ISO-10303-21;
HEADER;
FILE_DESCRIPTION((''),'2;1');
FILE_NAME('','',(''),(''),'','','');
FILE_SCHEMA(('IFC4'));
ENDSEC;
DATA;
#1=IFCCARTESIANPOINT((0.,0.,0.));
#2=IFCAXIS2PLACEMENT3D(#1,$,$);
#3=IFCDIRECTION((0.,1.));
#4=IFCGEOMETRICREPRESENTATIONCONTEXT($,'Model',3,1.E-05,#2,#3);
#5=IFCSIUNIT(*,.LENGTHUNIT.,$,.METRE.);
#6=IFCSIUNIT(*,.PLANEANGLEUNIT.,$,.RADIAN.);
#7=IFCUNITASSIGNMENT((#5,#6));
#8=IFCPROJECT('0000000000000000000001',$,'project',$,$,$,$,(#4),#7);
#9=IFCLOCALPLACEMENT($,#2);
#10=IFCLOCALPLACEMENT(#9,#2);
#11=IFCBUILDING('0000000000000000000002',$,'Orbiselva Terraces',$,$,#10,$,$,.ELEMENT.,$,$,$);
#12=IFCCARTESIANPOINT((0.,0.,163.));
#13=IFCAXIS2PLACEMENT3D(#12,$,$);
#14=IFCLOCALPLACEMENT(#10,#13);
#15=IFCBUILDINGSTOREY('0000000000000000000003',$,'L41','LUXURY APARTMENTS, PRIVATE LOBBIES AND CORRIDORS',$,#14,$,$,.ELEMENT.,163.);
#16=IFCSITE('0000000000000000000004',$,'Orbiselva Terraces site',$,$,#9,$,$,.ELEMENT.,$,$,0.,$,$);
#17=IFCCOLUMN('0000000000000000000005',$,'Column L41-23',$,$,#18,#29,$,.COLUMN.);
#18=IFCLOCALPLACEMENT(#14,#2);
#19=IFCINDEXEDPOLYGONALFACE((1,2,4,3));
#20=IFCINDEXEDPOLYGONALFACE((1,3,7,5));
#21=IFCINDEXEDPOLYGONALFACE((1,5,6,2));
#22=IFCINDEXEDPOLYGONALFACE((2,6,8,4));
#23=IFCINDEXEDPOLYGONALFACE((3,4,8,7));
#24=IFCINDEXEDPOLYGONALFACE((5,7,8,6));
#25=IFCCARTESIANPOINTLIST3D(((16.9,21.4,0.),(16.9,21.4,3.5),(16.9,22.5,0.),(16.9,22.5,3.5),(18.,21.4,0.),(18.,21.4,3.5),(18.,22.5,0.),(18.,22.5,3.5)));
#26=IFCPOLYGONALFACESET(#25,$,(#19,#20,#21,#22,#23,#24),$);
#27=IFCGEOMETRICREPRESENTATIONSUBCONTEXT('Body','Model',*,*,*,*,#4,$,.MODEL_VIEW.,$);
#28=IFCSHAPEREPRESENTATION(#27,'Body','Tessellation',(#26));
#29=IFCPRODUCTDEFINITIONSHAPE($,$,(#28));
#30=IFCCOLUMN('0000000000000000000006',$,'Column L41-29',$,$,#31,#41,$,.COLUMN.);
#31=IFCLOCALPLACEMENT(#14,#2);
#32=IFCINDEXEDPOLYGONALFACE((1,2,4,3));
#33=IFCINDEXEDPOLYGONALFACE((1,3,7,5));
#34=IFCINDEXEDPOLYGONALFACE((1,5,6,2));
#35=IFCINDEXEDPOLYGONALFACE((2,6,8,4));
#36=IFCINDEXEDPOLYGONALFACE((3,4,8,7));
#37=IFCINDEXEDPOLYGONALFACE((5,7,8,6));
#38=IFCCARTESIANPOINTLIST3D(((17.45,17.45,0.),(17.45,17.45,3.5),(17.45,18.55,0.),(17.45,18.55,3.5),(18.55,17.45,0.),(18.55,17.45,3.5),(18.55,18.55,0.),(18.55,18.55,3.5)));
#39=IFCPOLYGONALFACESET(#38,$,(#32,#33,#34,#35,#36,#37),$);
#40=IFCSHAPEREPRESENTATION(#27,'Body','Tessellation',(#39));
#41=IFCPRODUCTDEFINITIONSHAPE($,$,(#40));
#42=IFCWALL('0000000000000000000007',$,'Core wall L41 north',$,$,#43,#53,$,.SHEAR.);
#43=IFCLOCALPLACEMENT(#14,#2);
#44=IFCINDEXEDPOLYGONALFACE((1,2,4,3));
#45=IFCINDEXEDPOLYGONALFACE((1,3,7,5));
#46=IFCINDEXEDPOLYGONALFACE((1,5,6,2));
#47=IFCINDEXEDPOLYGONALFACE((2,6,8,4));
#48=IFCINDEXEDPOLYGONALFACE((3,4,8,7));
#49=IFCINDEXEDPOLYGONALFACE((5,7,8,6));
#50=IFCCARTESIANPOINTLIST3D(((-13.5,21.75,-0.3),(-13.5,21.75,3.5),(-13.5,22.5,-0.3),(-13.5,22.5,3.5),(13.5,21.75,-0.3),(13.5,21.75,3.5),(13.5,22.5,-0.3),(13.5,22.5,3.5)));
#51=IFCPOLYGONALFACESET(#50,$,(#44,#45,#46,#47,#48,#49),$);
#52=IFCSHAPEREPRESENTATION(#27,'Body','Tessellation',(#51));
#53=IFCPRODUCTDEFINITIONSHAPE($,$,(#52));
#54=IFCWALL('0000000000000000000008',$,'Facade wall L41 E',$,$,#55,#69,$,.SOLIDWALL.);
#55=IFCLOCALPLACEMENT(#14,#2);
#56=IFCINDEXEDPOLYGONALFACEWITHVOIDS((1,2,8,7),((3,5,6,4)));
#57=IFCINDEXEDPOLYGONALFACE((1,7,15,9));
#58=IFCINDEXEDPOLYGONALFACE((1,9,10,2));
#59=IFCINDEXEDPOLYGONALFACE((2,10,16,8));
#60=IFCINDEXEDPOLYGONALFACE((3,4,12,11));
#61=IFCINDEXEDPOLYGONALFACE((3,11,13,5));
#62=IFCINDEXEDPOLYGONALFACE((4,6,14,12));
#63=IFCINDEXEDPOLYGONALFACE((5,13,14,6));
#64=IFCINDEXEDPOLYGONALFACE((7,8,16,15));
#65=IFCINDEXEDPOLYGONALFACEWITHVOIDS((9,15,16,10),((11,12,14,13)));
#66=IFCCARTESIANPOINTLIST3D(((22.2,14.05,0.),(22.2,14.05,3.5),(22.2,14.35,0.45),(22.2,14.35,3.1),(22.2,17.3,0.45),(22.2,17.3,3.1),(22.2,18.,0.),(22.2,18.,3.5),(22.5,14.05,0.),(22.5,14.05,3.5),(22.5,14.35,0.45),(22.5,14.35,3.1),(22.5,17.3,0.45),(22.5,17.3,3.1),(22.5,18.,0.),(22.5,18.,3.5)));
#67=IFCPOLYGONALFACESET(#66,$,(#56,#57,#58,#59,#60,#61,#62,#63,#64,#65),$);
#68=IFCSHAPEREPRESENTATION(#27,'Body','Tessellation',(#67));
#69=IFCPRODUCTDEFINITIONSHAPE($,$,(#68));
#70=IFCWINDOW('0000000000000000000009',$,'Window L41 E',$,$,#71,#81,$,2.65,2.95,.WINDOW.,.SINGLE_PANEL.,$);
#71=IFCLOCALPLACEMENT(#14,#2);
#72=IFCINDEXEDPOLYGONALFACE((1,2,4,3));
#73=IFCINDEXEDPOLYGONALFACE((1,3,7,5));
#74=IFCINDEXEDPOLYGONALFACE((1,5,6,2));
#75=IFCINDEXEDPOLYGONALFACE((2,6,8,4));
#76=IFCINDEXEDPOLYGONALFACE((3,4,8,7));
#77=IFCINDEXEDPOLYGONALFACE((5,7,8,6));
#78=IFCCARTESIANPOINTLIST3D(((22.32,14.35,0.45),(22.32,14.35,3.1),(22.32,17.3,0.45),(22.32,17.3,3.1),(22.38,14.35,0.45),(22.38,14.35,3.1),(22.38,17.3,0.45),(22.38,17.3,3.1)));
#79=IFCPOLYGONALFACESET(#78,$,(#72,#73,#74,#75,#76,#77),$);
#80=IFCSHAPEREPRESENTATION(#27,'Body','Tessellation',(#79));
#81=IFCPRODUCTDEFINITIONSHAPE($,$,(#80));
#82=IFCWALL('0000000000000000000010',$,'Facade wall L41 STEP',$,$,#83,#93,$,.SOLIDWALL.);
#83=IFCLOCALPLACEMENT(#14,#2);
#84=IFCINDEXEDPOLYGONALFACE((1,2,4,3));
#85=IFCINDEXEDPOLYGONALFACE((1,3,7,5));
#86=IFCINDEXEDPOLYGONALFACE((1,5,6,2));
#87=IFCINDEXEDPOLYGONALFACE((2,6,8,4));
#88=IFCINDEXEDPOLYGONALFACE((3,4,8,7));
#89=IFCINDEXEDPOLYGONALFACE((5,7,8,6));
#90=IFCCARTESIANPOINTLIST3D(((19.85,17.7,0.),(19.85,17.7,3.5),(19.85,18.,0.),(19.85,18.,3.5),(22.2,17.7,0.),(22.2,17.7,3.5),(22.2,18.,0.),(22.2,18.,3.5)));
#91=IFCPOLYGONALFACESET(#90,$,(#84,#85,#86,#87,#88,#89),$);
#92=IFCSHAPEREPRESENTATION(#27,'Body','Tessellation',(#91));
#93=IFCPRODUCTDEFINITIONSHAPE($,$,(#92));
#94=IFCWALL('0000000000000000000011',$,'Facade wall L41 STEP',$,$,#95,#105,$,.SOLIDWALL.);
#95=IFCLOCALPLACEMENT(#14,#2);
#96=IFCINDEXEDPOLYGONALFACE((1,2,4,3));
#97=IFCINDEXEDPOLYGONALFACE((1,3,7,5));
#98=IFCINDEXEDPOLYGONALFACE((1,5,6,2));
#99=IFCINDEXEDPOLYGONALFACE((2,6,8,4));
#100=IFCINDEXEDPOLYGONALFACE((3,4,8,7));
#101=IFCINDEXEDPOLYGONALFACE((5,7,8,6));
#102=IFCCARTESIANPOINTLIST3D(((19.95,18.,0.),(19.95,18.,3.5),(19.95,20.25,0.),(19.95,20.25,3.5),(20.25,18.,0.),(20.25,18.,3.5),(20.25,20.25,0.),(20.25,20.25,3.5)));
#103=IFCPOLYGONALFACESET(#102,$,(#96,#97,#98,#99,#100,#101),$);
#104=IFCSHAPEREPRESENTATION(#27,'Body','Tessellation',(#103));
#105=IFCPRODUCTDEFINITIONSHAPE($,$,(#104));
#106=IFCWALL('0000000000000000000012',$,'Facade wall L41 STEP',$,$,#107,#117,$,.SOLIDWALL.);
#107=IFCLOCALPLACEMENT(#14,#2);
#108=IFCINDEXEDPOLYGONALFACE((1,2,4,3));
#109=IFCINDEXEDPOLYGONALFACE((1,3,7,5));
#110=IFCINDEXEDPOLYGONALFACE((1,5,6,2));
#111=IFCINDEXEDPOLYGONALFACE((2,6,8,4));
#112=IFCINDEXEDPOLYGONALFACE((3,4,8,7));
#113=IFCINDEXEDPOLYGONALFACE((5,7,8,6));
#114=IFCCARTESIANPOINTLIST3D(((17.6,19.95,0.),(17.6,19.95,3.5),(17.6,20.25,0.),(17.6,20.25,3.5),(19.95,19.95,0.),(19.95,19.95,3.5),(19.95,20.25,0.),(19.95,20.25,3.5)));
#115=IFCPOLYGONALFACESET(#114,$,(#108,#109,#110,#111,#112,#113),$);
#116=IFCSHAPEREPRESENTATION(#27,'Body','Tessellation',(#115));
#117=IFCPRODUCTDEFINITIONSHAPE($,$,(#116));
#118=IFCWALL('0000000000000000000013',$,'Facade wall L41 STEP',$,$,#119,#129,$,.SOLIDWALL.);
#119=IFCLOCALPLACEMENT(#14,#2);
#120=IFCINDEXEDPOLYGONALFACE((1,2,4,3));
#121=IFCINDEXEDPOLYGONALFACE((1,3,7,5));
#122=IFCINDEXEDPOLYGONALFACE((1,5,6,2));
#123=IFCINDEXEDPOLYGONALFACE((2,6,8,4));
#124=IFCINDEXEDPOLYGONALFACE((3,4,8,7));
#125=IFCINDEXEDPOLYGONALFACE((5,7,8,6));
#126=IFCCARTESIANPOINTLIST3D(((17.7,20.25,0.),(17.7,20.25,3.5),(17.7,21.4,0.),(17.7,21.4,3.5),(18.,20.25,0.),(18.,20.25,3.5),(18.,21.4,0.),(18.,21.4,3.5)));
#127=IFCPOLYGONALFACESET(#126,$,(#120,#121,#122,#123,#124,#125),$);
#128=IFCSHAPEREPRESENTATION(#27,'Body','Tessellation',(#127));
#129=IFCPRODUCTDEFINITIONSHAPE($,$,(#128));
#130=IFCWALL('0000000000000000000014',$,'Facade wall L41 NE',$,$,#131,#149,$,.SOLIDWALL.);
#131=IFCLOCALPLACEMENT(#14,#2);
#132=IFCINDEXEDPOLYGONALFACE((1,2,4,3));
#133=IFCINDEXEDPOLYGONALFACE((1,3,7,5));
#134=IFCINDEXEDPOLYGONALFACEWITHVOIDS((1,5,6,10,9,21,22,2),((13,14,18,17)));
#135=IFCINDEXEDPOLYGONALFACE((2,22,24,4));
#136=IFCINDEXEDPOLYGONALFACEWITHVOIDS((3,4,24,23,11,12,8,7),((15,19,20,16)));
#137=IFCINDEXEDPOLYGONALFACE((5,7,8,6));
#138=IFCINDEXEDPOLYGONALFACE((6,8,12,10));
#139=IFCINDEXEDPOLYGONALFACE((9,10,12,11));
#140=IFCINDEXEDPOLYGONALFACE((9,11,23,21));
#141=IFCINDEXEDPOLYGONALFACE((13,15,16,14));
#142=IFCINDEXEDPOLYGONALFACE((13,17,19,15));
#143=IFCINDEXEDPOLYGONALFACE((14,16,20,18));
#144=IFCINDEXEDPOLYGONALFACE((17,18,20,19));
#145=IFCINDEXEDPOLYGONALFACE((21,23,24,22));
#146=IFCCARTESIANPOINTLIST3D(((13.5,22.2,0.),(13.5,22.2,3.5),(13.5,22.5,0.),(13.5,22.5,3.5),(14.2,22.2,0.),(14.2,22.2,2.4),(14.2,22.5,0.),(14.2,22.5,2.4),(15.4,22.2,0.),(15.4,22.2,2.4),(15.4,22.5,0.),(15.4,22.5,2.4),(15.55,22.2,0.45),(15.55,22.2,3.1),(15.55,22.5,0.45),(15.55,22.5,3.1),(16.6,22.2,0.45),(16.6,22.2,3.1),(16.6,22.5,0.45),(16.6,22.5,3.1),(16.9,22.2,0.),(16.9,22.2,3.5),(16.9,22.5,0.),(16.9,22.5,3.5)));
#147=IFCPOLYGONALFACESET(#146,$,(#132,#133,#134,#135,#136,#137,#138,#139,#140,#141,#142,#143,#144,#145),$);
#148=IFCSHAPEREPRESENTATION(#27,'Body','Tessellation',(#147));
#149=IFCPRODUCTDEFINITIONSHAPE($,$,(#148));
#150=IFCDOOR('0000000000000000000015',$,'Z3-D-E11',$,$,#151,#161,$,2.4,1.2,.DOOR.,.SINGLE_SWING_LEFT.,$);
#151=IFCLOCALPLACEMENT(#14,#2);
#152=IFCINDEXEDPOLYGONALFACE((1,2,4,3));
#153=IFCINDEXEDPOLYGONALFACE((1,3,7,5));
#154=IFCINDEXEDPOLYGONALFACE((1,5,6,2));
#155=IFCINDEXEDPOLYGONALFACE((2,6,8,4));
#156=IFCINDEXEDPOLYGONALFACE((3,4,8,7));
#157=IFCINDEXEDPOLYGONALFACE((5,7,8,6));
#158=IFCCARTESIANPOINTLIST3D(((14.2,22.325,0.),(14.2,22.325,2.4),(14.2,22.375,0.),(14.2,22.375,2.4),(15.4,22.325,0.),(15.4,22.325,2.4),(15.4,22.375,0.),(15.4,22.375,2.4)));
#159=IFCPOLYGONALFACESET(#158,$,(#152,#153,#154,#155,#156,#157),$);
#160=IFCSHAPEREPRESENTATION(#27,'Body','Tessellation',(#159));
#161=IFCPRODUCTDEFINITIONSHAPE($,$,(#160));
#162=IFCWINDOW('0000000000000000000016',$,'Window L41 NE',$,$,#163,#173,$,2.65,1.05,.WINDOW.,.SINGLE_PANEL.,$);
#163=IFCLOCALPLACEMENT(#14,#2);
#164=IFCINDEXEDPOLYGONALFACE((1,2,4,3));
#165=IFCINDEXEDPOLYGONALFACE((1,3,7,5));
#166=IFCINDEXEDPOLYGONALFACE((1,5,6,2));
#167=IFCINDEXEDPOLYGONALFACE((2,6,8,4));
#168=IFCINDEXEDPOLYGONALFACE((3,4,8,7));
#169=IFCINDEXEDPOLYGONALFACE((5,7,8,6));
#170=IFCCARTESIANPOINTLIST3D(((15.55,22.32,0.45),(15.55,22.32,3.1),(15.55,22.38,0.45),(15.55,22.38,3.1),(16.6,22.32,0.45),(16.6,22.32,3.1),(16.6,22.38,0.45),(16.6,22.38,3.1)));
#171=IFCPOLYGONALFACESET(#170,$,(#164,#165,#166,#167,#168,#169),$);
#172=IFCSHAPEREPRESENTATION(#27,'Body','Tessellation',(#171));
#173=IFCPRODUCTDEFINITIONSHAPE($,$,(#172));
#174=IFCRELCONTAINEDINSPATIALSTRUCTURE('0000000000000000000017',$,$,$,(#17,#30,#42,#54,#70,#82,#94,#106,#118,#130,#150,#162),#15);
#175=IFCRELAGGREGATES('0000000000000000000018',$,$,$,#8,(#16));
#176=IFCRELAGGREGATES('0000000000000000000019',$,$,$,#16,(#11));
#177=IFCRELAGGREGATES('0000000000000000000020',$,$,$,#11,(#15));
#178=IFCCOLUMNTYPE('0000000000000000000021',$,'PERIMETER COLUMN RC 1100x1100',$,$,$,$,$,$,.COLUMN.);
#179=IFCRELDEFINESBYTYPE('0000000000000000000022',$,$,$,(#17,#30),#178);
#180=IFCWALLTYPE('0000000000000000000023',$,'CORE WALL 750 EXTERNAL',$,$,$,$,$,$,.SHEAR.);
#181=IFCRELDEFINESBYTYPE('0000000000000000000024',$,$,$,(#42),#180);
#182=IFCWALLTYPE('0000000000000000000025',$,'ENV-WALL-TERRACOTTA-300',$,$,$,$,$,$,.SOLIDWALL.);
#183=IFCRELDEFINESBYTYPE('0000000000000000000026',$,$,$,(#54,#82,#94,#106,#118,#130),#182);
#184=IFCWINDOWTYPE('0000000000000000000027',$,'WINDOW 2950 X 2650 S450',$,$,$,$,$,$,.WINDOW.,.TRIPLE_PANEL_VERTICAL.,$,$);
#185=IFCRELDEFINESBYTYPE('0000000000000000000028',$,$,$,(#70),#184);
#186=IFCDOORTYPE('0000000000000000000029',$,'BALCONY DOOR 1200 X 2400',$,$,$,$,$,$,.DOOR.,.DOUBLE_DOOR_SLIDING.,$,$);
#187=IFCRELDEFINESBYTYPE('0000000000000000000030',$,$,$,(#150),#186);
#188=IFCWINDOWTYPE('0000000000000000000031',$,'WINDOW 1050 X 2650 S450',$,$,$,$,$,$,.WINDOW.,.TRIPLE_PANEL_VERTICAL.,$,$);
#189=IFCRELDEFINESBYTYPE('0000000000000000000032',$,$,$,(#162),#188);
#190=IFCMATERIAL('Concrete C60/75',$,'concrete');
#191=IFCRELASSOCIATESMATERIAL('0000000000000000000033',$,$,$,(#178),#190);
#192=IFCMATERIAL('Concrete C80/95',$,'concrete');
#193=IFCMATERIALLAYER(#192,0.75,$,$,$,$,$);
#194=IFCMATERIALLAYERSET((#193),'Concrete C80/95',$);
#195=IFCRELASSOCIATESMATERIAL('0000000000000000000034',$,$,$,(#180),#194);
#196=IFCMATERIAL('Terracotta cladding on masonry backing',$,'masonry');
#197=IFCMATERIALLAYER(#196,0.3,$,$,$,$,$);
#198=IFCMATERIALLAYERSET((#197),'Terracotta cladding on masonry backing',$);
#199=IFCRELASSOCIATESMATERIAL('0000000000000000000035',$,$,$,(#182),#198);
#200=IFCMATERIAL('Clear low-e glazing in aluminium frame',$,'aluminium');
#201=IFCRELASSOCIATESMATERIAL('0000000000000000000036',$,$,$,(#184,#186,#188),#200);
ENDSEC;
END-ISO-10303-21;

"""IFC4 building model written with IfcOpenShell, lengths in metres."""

from ifc_helpers import new_model, si_unit, direction, frame, frame_2d, origin, origin_2d, place, context, subcontext, project, spatial, rectangle, extrude, material, layer, layer_set, material_profile, profile_set, type_object, element, fill, save


model = new_model("IFC4")

# Units and contexts
model_context = context("Model", 3, precision=1e-05, world=origin(), true_north=direction((0.0, 1.0)))
body_context = subcontext(model_context, "Body", "Model", "MODEL_VIEW")
ifc_project = project(units=[si_unit("LENGTHUNIT", "METRE"), si_unit("PLANEANGLEUNIT", "RADIAN")], contexts=[model_context])

# Site, building, storey
site_placement = place(None, origin())
site = spatial("IfcSite", under=ifc_project, at=site_placement, Name="Orbiselva Terraces site", CompositionType="ELEMENT", RefElevation=0.0)
building_placement = place(site_placement, origin())
building = spatial("IfcBuilding", under=site, at=building_placement, Name="Orbiselva Terraces", CompositionType="ELEMENT")
storey_placement = place(building_placement, frame((0.0, 0.0, 163.0)))
storey = spatial("IfcBuildingStorey", under=building, at=storey_placement, Name="L41", Description="LUXURY APARTMENTS, PRIVATE LOBBIES AND CORRIDORS", CompositionType="ELEMENT", Elevation=163.0)

# Columns
ifc_material_1 = material(Name="Concrete C60/75", Category="concrete")
ifc_material_profile = material_profile(ifc_material_1, rectangle(XDim=1.1, YDim=1.1, at=origin_2d()), Name="RC 1100x1100")
ifc_profile_set = profile_set([ifc_material_profile], Name="Concrete C60/75")
column_type = type_object("IfcColumnType", Name="PERIMETER COLUMN RC 1100x1100", PredefinedType="COLUMN", material=ifc_profile_set)
for number, where, z_axis, x_axis, name in (
    (1, (17.45, 21.95, 0.0), (0.0, 0.0, 1.0), (1.0, 0.0, 0.0), "Column L41-23"),
    (2, (18.0, 18.0, 0.0), (0.0, 0.0, 1.0), (1.0, 0.0, 0.0), "Column L41-29"),
):
    element("IfcColumn", number, at=place(storey_placement, frame(where, z_axis=z_axis, x_axis=x_axis)), inside=storey, type_object=column_type, Name=name, PredefinedType="COLUMN", context=body_context, shape_type="SweptSolid", body=[
        extrude(rectangle(XDim=1.1, YDim=1.1, at=origin_2d()), origin(), (0.0, 0.0, 1.0), 3.5),
    ])

# Wall
ifc_material_2 = material(Name="Concrete C80/95", Category="concrete")
ifc_layer_1 = layer(ifc_material_2, 0.75)
ifc_layer_set_1 = layer_set([ifc_layer_1], Name="Concrete C80/95")
wall_type_1 = type_object("IfcWallType", Name="CORE WALL 750 EXTERNAL", PredefinedType="SHEAR", material=ifc_layer_set_1)
wall_1_placement = place(storey_placement, frame((13.5, 22.125, -0.3), z_axis=(0.0, 0.0, 1.0), x_axis=(-1.0, 0.0, 0.0)))
element("IfcWall", 3, at=wall_1_placement, inside=storey, type_object=wall_type_1, Name="Core wall L41 north", PredefinedType="SHEAR", context=body_context, shape_type="SweptSolid", body=[
    extrude(rectangle(XDim=27.0, YDim=0.75, at=frame_2d((13.5, 0.0))), origin(), (0.0, 0.0, 1.0), 3.8),
])

# Wall, opening, window
ifc_material_3 = material(Name="Terracotta cladding on masonry backing", Category="masonry")
ifc_layer_2 = layer(ifc_material_3, 0.3)
ifc_layer_set_2 = layer_set([ifc_layer_2], Name="Terracotta cladding on masonry backing")
wall_type_2 = type_object("IfcWallType", Name="ENV-WALL-TERRACOTTA-300", PredefinedType="SOLIDWALL", material=ifc_layer_set_2)
wall_2_placement = place(storey_placement, frame((22.35, 18.0, 0.0), z_axis=(0.0, 0.0, 1.0), x_axis=(0.0, -1.0, 0.0)))
wall_2 = element("IfcWall", 4, at=wall_2_placement, inside=storey, type_object=wall_type_2, Name="Facade wall L41 E", PredefinedType="SOLIDWALL", context=body_context, shape_type="SweptSolid", body=[
    extrude(rectangle(XDim=3.95, YDim=0.3, at=frame_2d((1.975, 0.0))), origin(), (0.0, 0.0, 1.0), 3.5),
])
opening_1_placement = place(wall_2_placement, frame((0.7, 0.0, 0.45)))
opening_1 = element("IfcOpeningElement", 5, at=opening_1_placement, cuts=wall_2, PredefinedType="OPENING", context=body_context, shape_type="SweptSolid", body=[
    extrude(rectangle(XDim=2.95, YDim=2.65, at=frame_2d((1.475, 1.325))), frame((0.0, 0.16, 0.0), z_axis=(0.0, -1.0, 0.0), x_axis=(1.0, 0.0, 0.0)), (0.0, 0.0, 1.0), 0.32),
])
ifc_material_4 = material(Name="Clear low-e glazing in aluminium frame", Category="aluminium")
window_type_1 = type_object("IfcWindowType", Name="WINDOW 2950 X 2650 S450", PartitioningType="TRIPLE_PANEL_VERTICAL", PredefinedType="WINDOW", material=ifc_material_4)
window_1_placement = place(opening_1_placement, origin())
window_1 = element("IfcWindow", 6, at=window_1_placement, inside=storey, type_object=window_type_1, Name="Window L41 E", OverallHeight=2.65, OverallWidth=2.95, PartitioningType="SINGLE_PANEL", PredefinedType="WINDOW", context=body_context, shape_type="SweptSolid", body=[
    extrude(rectangle(XDim=2.95, YDim=2.65, at=frame_2d((1.475, 1.325))), frame((0.0, 0.03, 0.0), z_axis=(0.0, -1.0, 0.0), x_axis=(1.0, 0.0, 0.0)), (0.0, 0.0, 1.0), 0.06),
])
fill(opening_1, window_1)

# Walls
wall_3_placement = place(storey_placement, frame((19.85, 17.85, 0.0), z_axis=(0.0, 0.0, 1.0), x_axis=(1.0, 0.0, 0.0)))
element("IfcWall", 7, at=wall_3_placement, inside=storey, type_object=wall_type_2, Name="Facade wall L41 STEP", PredefinedType="SOLIDWALL", context=body_context, shape_type="SweptSolid", body=[
    extrude(rectangle(XDim=2.35, YDim=0.3, at=frame_2d((1.175, 0.0))), origin(), (0.0, 0.0, 1.0), 3.5),
])
wall_4_placement = place(storey_placement, frame((20.1, 20.25, 0.0), z_axis=(0.0, 0.0, 1.0), x_axis=(0.0, -1.0, 0.0)))
element("IfcWall", 8, at=wall_4_placement, inside=storey, type_object=wall_type_2, Name="Facade wall L41 STEP", PredefinedType="SOLIDWALL", context=body_context, shape_type="SweptSolid", body=[
    extrude(rectangle(XDim=2.25, YDim=0.3, at=frame_2d((1.125, 0.0))), origin(), (0.0, 0.0, 1.0), 3.5),
])
wall_5_placement = place(storey_placement, frame((17.6, 20.1, 0.0), z_axis=(0.0, 0.0, 1.0), x_axis=(1.0, 0.0, 0.0)))
element("IfcWall", 9, at=wall_5_placement, inside=storey, type_object=wall_type_2, Name="Facade wall L41 STEP", PredefinedType="SOLIDWALL", context=body_context, shape_type="SweptSolid", body=[
    extrude(rectangle(XDim=2.35, YDim=0.3, at=frame_2d((1.175, 0.0))), origin(), (0.0, 0.0, 1.0), 3.5),
])
wall_6_placement = place(storey_placement, frame((17.85, 21.4, 0.0), z_axis=(0.0, 0.0, 1.0), x_axis=(0.0, -1.0, 0.0)))
element("IfcWall", 10, at=wall_6_placement, inside=storey, type_object=wall_type_2, Name="Facade wall L41 STEP", PredefinedType="SOLIDWALL", context=body_context, shape_type="SweptSolid", body=[
    extrude(rectangle(XDim=1.15, YDim=0.3, at=frame_2d((0.575, 0.0))), origin(), (0.0, 0.0, 1.0), 3.5),
])

# Wall, openings, door, window
wall_7_placement = place(storey_placement, frame((13.5, 22.35, 0.0), z_axis=(0.0, 0.0, 1.0), x_axis=(1.0, 0.0, 0.0)))
wall_7 = element("IfcWall", 11, at=wall_7_placement, inside=storey, type_object=wall_type_2, Name="Facade wall L41 NE", PredefinedType="SOLIDWALL", context=body_context, shape_type="SweptSolid", body=[
    extrude(rectangle(XDim=3.4, YDim=0.3, at=frame_2d((1.7, 0.0))), origin(), (0.0, 0.0, 1.0), 3.5),
])
opening_2_placement = place(wall_7_placement, frame((2.05, 0.0, 0.45)))
opening_2 = element("IfcOpeningElement", 12, at=opening_2_placement, cuts=wall_7, PredefinedType="OPENING", context=body_context, shape_type="SweptSolid", body=[
    extrude(rectangle(XDim=1.05, YDim=2.65, at=frame_2d((0.525, 1.325))), frame((0.0, 0.16, 0.0), z_axis=(0.0, -1.0, 0.0), x_axis=(1.0, 0.0, 0.0)), (0.0, 0.0, 1.0), 0.32),
])
opening_3_placement = place(wall_7_placement, frame((0.7, 0.0, 0.0)))
opening_3 = element("IfcOpeningElement", 13, at=opening_3_placement, cuts=wall_7, PredefinedType="OPENING", context=body_context, shape_type="SweptSolid", body=[
    extrude(rectangle(XDim=1.2, YDim=2.4, at=frame_2d((0.6, 1.2))), frame((0.0, 0.16, 0.0), z_axis=(0.0, -1.0, 0.0), x_axis=(1.0, 0.0, 0.0)), (0.0, 0.0, 1.0), 0.32),
])
door_type = type_object("IfcDoorType", Name="BALCONY DOOR 1200 X 2400", OperationType="DOUBLE_DOOR_SLIDING", PredefinedType="DOOR", material=ifc_material_4)
door_placement = place(opening_3_placement, origin())
door = element("IfcDoor", 14, at=door_placement, inside=storey, type_object=door_type, Name="Z3-D-E11", OperationType="SINGLE_SWING_LEFT", OverallHeight=2.4, OverallWidth=1.2, PredefinedType="DOOR", context=body_context, shape_type="SweptSolid", body=[
    extrude(rectangle(XDim=1.2, YDim=2.4, at=frame_2d((0.6, 1.2))), frame((0.0, 0.025, 0.0), z_axis=(0.0, -1.0, 0.0), x_axis=(1.0, 0.0, 0.0)), (0.0, 0.0, 1.0), 0.05),
])
fill(opening_3, door)
window_type_2 = type_object("IfcWindowType", Name="WINDOW 1050 X 2650 S450", PartitioningType="TRIPLE_PANEL_VERTICAL", PredefinedType="WINDOW", material=ifc_material_4)
window_2_placement = place(opening_2_placement, origin())
window_2 = element("IfcWindow", 15, at=window_2_placement, inside=storey, type_object=window_type_2, Name="Window L41 NE", OverallHeight=2.65, OverallWidth=1.05, PartitioningType="SINGLE_PANEL", PredefinedType="WINDOW", context=body_context, shape_type="SweptSolid", body=[
    extrude(rectangle(XDim=1.05, YDim=2.65, at=frame_2d((0.525, 1.325))), frame((0.0, 0.03, 0.0), z_axis=(0.0, -1.0, 0.0), x_axis=(1.0, 0.0, 0.0)), (0.0, 0.0, 1.0), 0.06),
])
fill(opening_2, window_2)

save(model, "model.ifc")
